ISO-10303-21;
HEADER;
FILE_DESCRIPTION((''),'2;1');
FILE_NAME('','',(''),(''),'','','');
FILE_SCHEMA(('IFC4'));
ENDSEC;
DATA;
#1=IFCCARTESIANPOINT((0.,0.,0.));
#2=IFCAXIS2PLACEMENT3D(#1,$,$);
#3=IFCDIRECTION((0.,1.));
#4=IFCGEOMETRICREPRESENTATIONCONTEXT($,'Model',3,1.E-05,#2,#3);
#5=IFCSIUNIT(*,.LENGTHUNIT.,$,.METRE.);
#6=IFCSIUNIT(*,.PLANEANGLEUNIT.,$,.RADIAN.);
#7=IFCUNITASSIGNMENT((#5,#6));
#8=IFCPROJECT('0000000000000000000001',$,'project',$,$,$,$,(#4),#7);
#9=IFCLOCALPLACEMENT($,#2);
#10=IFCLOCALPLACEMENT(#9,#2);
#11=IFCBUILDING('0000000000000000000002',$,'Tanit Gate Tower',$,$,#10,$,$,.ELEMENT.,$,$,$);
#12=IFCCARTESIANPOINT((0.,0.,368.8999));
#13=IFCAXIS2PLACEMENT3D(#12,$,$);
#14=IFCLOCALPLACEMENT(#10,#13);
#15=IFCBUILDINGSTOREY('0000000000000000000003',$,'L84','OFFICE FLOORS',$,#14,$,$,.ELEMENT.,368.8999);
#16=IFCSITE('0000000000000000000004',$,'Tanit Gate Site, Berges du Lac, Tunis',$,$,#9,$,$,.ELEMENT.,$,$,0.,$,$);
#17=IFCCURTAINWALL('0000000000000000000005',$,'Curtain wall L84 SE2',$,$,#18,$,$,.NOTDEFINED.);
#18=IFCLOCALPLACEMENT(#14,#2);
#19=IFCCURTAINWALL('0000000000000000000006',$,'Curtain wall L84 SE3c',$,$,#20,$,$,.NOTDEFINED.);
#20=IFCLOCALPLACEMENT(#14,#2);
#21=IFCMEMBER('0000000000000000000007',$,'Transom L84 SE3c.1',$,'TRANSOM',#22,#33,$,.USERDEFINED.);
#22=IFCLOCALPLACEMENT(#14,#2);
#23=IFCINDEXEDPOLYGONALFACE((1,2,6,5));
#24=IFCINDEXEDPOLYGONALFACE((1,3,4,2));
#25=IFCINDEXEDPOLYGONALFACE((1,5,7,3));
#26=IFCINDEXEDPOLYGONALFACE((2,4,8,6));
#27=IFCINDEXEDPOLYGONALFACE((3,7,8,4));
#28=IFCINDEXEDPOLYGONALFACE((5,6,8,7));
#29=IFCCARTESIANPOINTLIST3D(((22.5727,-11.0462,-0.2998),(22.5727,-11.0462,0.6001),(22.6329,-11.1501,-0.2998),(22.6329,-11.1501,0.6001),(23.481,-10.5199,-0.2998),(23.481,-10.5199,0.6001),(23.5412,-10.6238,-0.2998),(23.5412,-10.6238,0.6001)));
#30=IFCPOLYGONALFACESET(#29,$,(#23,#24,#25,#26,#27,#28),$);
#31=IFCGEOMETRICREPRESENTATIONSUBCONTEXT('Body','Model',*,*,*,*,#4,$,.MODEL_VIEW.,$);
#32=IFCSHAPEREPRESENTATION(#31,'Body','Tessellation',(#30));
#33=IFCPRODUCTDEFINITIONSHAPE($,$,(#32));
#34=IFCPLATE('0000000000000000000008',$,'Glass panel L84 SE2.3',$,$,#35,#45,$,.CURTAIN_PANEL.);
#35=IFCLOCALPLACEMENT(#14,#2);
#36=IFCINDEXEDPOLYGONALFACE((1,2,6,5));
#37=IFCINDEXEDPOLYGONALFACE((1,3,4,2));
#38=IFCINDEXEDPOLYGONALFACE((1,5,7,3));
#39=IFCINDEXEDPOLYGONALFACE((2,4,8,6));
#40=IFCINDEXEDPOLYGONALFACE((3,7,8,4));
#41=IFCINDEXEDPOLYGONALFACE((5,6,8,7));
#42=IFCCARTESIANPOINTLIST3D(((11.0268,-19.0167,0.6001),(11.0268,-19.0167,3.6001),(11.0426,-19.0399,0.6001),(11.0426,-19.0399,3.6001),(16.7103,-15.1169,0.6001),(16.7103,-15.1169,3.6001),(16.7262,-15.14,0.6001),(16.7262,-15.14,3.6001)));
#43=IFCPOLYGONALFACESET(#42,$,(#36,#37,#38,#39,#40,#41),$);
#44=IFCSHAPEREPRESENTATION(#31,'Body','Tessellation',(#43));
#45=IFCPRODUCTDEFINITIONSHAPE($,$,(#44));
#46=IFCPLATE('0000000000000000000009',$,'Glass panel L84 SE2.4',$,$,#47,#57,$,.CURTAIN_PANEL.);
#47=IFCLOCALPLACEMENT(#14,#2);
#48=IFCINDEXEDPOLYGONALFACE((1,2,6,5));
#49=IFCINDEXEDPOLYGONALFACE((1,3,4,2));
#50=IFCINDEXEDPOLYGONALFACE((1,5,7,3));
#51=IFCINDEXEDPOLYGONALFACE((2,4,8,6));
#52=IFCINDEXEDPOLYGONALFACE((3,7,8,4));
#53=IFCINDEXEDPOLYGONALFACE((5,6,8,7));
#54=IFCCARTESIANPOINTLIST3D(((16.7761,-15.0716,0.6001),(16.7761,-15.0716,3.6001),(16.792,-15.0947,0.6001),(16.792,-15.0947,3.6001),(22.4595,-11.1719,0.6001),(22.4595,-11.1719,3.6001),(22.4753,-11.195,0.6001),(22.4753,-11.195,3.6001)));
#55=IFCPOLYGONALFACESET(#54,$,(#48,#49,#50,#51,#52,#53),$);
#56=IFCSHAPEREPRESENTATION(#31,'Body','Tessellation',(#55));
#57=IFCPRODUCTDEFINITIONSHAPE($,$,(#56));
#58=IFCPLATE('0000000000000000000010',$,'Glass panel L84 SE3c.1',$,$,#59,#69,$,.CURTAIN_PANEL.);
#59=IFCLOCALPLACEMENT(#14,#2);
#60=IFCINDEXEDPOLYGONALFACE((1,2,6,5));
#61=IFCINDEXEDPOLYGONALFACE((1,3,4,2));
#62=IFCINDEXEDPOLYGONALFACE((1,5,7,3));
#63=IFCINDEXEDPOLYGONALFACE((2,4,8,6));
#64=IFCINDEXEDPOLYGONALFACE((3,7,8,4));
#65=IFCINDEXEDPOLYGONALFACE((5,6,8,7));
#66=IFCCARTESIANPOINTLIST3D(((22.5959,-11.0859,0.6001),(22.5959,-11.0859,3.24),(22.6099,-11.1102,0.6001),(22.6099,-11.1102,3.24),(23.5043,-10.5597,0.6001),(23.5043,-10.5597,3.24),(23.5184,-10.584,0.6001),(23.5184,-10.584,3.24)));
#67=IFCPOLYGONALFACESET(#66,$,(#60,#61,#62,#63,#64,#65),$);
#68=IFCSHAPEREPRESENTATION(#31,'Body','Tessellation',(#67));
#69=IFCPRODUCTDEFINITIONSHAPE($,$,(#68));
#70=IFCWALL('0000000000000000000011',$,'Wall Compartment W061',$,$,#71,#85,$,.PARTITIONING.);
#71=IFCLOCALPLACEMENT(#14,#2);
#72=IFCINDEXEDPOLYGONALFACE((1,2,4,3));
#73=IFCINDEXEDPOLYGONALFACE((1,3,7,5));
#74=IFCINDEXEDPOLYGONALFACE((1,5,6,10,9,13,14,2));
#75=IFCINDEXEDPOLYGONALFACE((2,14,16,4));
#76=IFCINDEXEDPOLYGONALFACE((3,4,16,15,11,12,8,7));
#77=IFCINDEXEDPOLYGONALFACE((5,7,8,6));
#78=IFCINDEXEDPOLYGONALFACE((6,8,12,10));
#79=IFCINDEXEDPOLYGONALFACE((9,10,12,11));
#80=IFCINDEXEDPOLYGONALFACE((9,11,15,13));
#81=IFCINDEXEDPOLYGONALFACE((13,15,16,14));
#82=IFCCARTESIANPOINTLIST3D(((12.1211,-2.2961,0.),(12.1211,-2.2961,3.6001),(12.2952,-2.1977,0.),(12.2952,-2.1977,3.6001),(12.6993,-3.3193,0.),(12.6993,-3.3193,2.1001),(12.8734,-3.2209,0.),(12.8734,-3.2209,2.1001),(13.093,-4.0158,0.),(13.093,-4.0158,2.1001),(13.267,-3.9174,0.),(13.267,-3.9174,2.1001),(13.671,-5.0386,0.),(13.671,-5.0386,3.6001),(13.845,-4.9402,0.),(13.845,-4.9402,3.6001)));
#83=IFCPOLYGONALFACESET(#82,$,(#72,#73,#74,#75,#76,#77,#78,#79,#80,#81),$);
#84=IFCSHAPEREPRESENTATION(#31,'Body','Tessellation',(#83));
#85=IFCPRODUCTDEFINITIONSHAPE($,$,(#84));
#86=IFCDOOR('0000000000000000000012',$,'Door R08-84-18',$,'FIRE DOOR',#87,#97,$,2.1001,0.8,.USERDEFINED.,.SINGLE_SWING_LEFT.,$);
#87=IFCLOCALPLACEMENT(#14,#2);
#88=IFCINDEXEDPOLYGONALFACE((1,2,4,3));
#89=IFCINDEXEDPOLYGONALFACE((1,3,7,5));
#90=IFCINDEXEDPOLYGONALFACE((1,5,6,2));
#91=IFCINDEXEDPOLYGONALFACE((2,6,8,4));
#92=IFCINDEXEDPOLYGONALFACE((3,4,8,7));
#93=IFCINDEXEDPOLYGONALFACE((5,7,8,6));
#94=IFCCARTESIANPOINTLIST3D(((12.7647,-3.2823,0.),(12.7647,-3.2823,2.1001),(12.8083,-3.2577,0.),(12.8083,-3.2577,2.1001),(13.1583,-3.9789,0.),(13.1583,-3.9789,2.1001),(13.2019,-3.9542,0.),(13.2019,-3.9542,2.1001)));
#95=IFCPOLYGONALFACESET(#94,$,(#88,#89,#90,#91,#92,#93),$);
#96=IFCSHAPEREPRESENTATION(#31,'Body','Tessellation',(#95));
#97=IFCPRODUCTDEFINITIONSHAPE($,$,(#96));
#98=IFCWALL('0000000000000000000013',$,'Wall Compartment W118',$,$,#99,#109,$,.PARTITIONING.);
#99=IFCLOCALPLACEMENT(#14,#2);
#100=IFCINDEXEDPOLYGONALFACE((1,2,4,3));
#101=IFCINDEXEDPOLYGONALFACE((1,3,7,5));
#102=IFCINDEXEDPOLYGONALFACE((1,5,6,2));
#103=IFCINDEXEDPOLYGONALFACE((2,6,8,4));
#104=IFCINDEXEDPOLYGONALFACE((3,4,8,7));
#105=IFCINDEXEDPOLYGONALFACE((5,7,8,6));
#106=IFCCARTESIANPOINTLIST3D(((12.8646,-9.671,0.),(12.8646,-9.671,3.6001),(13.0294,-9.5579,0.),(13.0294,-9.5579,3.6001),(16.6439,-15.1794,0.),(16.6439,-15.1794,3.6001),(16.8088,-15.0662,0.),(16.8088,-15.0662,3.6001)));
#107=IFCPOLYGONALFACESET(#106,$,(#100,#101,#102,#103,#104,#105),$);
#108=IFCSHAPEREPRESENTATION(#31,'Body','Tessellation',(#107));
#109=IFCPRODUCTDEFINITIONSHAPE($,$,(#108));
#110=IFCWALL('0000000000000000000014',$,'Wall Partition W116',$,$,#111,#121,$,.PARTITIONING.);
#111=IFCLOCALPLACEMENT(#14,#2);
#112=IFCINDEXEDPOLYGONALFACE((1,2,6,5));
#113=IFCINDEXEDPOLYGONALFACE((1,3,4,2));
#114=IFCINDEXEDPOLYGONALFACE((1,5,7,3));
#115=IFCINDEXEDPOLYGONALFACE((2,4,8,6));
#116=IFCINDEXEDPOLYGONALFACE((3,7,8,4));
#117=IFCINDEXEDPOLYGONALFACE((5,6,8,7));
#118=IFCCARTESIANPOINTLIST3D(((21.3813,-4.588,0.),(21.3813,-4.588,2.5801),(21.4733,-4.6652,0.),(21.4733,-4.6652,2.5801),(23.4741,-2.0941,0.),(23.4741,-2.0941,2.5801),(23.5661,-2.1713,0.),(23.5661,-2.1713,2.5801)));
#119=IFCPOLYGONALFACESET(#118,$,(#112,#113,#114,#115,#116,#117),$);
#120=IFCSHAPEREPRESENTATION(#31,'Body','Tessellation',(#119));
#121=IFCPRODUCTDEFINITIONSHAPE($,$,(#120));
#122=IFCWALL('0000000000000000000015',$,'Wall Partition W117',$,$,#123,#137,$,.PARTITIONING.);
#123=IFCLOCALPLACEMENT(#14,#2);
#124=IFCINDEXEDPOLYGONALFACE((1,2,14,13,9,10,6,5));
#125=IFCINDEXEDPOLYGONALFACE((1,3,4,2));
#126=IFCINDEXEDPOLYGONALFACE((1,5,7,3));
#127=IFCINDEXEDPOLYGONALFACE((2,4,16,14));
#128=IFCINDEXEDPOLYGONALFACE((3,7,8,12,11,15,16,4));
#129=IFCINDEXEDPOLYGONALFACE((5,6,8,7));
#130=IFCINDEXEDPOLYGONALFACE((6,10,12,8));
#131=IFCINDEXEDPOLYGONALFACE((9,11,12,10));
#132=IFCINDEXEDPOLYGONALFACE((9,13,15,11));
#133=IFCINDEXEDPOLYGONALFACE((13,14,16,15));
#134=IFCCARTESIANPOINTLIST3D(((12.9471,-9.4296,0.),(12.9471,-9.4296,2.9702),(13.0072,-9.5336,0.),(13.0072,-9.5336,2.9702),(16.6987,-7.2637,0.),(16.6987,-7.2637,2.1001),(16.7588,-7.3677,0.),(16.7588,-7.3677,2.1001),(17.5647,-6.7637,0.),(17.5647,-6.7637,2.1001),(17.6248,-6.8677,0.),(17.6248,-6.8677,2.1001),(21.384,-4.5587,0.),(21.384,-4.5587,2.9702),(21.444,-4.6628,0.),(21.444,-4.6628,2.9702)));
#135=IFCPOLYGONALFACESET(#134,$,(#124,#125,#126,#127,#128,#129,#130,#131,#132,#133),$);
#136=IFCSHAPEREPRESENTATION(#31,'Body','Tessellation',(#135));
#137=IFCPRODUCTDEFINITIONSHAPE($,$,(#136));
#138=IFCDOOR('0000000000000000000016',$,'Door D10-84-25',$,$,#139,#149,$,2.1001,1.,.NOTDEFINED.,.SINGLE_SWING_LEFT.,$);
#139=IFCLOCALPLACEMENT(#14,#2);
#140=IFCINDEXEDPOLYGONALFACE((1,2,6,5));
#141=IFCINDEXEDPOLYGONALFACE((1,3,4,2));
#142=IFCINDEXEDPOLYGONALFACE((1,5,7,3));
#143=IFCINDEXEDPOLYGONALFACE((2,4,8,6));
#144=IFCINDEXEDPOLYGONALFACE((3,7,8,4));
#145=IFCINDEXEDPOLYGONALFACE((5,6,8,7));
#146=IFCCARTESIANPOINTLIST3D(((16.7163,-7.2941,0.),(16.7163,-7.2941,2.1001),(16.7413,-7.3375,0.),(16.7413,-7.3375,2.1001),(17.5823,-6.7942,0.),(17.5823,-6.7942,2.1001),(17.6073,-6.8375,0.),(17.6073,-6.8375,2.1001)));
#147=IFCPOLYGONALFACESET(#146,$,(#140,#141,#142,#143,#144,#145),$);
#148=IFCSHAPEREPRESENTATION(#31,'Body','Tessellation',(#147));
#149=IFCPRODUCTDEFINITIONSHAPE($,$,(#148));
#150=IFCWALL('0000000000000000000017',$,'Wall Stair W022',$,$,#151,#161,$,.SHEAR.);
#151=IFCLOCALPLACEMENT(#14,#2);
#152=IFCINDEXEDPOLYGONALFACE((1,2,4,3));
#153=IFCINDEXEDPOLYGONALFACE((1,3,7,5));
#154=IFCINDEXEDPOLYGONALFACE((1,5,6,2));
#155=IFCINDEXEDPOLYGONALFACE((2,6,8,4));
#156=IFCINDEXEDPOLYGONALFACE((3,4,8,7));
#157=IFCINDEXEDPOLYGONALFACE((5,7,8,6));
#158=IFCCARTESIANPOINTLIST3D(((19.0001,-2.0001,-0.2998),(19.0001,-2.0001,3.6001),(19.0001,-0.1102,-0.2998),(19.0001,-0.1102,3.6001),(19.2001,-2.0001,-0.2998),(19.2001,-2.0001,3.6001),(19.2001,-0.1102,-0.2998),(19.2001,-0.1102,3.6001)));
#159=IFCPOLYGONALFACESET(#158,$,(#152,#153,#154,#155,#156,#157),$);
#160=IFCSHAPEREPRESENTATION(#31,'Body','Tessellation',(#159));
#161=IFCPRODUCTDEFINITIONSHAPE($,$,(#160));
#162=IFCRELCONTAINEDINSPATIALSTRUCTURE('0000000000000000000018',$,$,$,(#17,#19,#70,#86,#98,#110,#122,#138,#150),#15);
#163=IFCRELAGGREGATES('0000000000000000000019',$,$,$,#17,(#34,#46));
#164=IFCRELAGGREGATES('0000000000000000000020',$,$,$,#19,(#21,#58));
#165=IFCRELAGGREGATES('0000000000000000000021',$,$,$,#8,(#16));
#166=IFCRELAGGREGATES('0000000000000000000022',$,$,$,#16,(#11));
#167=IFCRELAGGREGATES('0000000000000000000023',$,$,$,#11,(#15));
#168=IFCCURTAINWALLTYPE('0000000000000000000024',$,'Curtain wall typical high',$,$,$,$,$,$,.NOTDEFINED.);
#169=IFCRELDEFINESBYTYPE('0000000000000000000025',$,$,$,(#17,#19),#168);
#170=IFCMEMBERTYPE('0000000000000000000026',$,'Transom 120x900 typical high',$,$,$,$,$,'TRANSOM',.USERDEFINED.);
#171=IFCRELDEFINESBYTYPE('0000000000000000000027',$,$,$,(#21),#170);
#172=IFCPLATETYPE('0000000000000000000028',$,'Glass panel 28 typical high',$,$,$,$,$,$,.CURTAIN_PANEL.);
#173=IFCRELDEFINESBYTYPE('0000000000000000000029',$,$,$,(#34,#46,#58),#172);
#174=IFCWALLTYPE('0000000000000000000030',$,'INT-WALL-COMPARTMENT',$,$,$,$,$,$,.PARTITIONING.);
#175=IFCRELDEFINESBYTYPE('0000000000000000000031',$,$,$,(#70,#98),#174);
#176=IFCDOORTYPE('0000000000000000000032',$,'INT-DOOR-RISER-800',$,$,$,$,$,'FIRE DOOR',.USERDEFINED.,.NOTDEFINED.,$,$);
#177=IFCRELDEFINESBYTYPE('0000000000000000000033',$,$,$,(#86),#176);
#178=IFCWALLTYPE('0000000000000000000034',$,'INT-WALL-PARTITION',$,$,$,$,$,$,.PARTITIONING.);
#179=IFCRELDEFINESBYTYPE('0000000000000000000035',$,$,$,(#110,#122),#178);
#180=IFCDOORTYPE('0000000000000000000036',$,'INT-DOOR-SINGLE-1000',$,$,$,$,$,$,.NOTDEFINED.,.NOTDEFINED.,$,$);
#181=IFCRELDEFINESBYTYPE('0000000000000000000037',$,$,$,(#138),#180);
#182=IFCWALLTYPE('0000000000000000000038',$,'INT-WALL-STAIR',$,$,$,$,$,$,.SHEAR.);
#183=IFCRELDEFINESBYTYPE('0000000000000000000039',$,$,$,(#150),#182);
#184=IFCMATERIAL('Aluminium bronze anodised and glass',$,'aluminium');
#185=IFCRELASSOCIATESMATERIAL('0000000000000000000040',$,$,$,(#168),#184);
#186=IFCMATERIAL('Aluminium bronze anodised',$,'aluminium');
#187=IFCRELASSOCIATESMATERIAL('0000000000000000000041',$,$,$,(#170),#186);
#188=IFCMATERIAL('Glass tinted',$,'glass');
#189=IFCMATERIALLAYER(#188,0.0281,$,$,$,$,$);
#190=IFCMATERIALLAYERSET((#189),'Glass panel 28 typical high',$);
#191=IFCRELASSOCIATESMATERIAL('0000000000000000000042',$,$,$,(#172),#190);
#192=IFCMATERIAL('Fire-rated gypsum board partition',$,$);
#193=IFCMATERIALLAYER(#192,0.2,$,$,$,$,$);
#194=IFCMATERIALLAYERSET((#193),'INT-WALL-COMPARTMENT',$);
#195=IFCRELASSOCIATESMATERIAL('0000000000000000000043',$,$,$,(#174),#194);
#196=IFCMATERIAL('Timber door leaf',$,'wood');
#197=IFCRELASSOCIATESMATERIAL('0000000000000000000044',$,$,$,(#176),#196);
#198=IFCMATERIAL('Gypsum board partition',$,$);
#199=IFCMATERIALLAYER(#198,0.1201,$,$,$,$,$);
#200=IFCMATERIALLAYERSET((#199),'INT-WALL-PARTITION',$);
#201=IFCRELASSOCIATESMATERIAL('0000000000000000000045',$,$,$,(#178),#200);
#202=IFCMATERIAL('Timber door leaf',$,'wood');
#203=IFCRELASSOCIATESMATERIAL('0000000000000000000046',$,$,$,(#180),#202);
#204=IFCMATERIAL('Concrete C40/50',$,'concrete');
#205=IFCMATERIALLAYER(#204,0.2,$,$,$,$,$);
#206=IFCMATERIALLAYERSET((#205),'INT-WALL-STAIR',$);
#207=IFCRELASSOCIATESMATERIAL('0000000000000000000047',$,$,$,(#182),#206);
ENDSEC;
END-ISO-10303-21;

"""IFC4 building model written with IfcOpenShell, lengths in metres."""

from ifc_helpers import new_model, si_unit, direction, frame, frame_2d, origin, origin_2d, place, context, subcontext, project, spatial, rectangle, extrude, material, layer, layer_set, material_profile, profile_set, type_object, element, fill, aggregate, save


model = new_model("IFC4")

# Units and contexts
model_context = context("Model", 3, precision=1e-05, world=origin(), true_north=direction((0.0, 1.0)))
body_context = subcontext(model_context, "Body", "Model", "MODEL_VIEW")
ifc_project = project(units=[si_unit("LENGTHUNIT", "METRE"), si_unit("PLANEANGLEUNIT", "RADIAN")], contexts=[model_context])

# Site, building, storey
site_placement = place(None, origin())
site = spatial("IfcSite", under=ifc_project, at=site_placement, Name="Tanit Gate Site, Berges du Lac, Tunis", CompositionType="ELEMENT", RefElevation=0.0)
building_placement = place(site_placement, origin())
building = spatial("IfcBuilding", under=site, at=building_placement, Name="Tanit Gate Tower", CompositionType="ELEMENT")
storey_placement = place(building_placement, frame((0.0, 0.0, 368.8999)))
storey = spatial("IfcBuildingStorey", under=building, at=storey_placement, Name="L84", Description="OFFICE FLOORS", CompositionType="ELEMENT", Elevation=368.8999)

# Curtain wall
ifc_material_1 = material(Name="Aluminium bronze anodised and glass", Category="aluminium")
curtain_wall_type = type_object("IfcCurtainWallType", Name="Curtain wall typical high", PredefinedType="NOTDEFINED", material=ifc_material_1)
curtain_wall_1_placement = place(storey_placement, origin())
curtain_wall_1 = element("IfcCurtainWall", 1, at=curtain_wall_1_placement, inside=storey, type_object=curtain_wall_type, Name="Curtain wall L84 SE2", PredefinedType="NOTDEFINED")

# Shared definitions
ifc_material_2 = material(Name="Aluminium bronze anodised", Category="aluminium")
ifc_material_profile_1 = material_profile(ifc_material_2, rectangle(XDim=0.1201, YDim=0.8999, at=origin_2d()), Name="120x900 bronze transom")
ifc_profile_set_1 = profile_set([ifc_material_profile_1], Name="Aluminium bronze anodised")
member_type_1 = type_object("IfcMemberType", Name="Transom 120x900 typical high", ElementType="TRANSOM", PredefinedType="USERDEFINED", material=ifc_profile_set_1)

# Curtain wall, member
curtain_wall_2_placement = place(storey_placement, origin())
curtain_wall_2 = element("IfcCurtainWall", 2, at=curtain_wall_2_placement, inside=storey, type_object=curtain_wall_type, Name="Curtain wall L84 SE3c", PredefinedType="NOTDEFINED")
member_1_placement = place(storey_placement, frame((22.6028, -11.0981, 0.1501), z_axis=(0.865251, 0.501339, 0.0), x_axis=(-0.501339, 0.865251, 0.0)))
member_1 = element("IfcMember", 3, at=member_1_placement, type_object=member_type_1, Name="Transom L84 SE3c.1", ObjectType="TRANSOM", PredefinedType="USERDEFINED", context=body_context, shape_type="SweptSolid", body=[
    extrude(rectangle(XDim=0.1201, YDim=0.8999, at=origin_2d()), origin(), (0.0, 0.0, 1.0), 1.0498),
])

# Plates
ifc_material_3 = material(Name="Glass tinted", Category="glass")
ifc_layer_1 = layer(ifc_material_3, 0.0281)
ifc_layer_set_1 = layer_set([ifc_layer_1], Name="Glass panel 28 typical high")
plate_type = type_object("IfcPlateType", Name="Glass panel 28 typical high", PredefinedType="CURTAIN_PANEL", material=ifc_layer_set_1)
plate_1_placement = place(storey_placement, frame((13.8765, -17.0784, 0.6001), z_axis=(0.0, 0.0, 1.0), x_axis=(0.824557, 0.56578, 0.0)))
plate_1 = element("IfcPlate", 4, at=plate_1_placement, type_object=plate_type, Name="Glass panel L84 SE2.3", PredefinedType="CURTAIN_PANEL", context=body_context, shape_type="SweptSolid", body=[
    extrude(rectangle(XDim=6.8928, YDim=0.0281, at=origin_2d()), origin(), (0.0, 0.0, 1.0), 3.0),
])
plate_2_placement = place(storey_placement, frame((19.6257, -13.1333, 0.6001), z_axis=(0.0, 0.0, 1.0), x_axis=(0.824557, 0.56578, 0.0)))
plate_2 = element("IfcPlate", 5, at=plate_2_placement, type_object=plate_type, Name="Glass panel L84 SE2.4", PredefinedType="CURTAIN_PANEL", context=body_context, shape_type="SweptSolid", body=[
    extrude(rectangle(XDim=6.8926, YDim=0.0281, at=origin_2d()), origin(), (0.0, 0.0, 1.0), 3.0),
])
aggregate(curtain_wall_1, [plate_1, plate_2])
plate_3_placement = place(storey_placement, frame((23.0571, -10.835, 0.6001), z_axis=(0.0, 0.0, 1.0), x_axis=(0.865339, 0.501188, 0.0)))
plate_3 = element("IfcPlate", 6, at=plate_3_placement, type_object=plate_type, Name="Glass panel L84 SE3c.1", PredefinedType="CURTAIN_PANEL", context=body_context, shape_type="SweptSolid", body=[
    extrude(rectangle(XDim=1.0498, YDim=0.0281, at=origin_2d()), origin(), (0.0, 0.0, 1.0), 2.6399),
])
aggregate(curtain_wall_2, [member_1, plate_3])

# Wall, opening, door
ifc_material_4 = material(Name="Fire-rated gypsum board partition")
ifc_layer_2 = layer(ifc_material_4, 0.2)
ifc_layer_set_2 = layer_set([ifc_layer_2], Name="INT-WALL-COMPARTMENT")
wall_type_1 = type_object("IfcWallType", Name="INT-WALL-COMPARTMENT", PredefinedType="PARTITIONING", material=ifc_layer_set_2)
wall_1_placement = place(storey_placement, frame((13.7581, -4.9895, 0.0), z_axis=(0.0, 0.0, 1.0), x_axis=(-0.491993, 0.870599, 0.0)))
wall_1 = element("IfcWall", 7, at=wall_1_placement, inside=storey, type_object=wall_type_1, Name="Wall Compartment W061", PredefinedType="PARTITIONING", context=body_context, shape_type="SweptSolid", body=[
    extrude(rectangle(XDim=3.1501, YDim=0.2, at=frame_2d((1.5752, 0.0))), origin(), (0.0, 0.0, 1.0), 3.6001),
])
opening_1_placement = place(wall_1_placement, frame((1.175, 0.0, 0.0)))
opening_1 = element("IfcOpeningElement", 8, at=opening_1_placement, cuts=wall_1, PredefinedType="OPENING", context=body_context, shape_type="SweptSolid", body=[
    extrude(rectangle(XDim=0.8, YDim=2.1001, at=frame_2d((0.3999, 1.05))), frame((0.0, 0.1099, 0.0), z_axis=(0.0, -1.0, 0.0), x_axis=(1.0, 0.0, 0.0)), (0.0, 0.0, 1.0), 0.22),
])
ifc_material_5 = material(Name="Timber door leaf", Category="wood")
door_type_1 = type_object("IfcDoorType", Name="INT-DOOR-RISER-800", ElementType="FIRE DOOR", OperationType="NOTDEFINED", PredefinedType="USERDEFINED", material=ifc_material_5)
door_1_placement = place(opening_1_placement, origin())
door_1 = element("IfcDoor", 9, at=door_1_placement, inside=storey, type_object=door_type_1, Name="Door R08-84-18", ObjectType="FIRE DOOR", OperationType="SINGLE_SWING_LEFT", OverallHeight=2.1001, OverallWidth=0.8, PredefinedType="USERDEFINED", context=body_context, shape_type="SweptSolid", body=[
    extrude(rectangle(XDim=0.8, YDim=2.1001, at=frame_2d((0.3999, 1.05))), frame((0.0, 0.0249, 0.0), z_axis=(0.0, -1.0, 0.0), x_axis=(1.0, 0.0, 0.0)), (0.0, 0.0, 1.0), 0.05),
])
fill(opening_1, door_1)

# Walls
wall_2_placement = place(storey_placement, frame((16.7263, -15.1228, 0.0), z_axis=(0.0, 0.0, 1.0), x_axis=(-0.56575, 0.824577, 0.0)))
element("IfcWall", 10, at=wall_2_placement, inside=storey, type_object=wall_type_1, Name="Wall Compartment W118", PredefinedType="PARTITIONING", context=body_context, shape_type="SweptSolid", body=[
    extrude(rectangle(XDim=6.6802, YDim=0.2, at=frame_2d((3.3401, 0.0))), origin(), (0.0, 0.0, 1.0), 3.6001),
])
ifc_material_6 = material(Name="Gypsum board partition")
ifc_layer_3 = layer(ifc_material_6, 0.1201)
ifc_layer_set_3 = layer_set([ifc_layer_3], Name="INT-WALL-PARTITION")
wall_type_2 = type_object("IfcWallType", Name="INT-WALL-PARTITION", PredefinedType="PARTITIONING", material=ifc_layer_set_3)
wall_3_placement = place(storey_placement, frame((21.4272, -4.6267, 0.0), z_axis=(0.0, 0.0, 1.0), x_axis=(0.642814, 0.766022, 0.0)))
element("IfcWall", 11, at=wall_3_placement, inside=storey, type_object=wall_type_2, Name="Wall Partition W116", PredefinedType="PARTITIONING", context=body_context, shape_type="SweptSolid", body=[
    extrude(rectangle(XDim=3.2556, YDim=0.1201, at=frame_2d((1.6279, 0.0))), origin(), (0.0, 0.0, 1.0), 2.5801),
])

# Wall, opening, door
wall_4_placement = place(storey_placement, frame((12.9771, -9.4817, 0.0), z_axis=(0.0, 0.0, 1.0), x_axis=(0.866031, 0.499991, 0.0)))
wall_4 = element("IfcWall", 12, at=wall_4_placement, inside=storey, type_object=wall_type_2, Name="Wall Partition W117", PredefinedType="PARTITIONING", context=body_context, shape_type="SweptSolid", body=[
    extrude(rectangle(XDim=9.7419, YDim=0.1201, at=frame_2d((4.8711, 0.0))), origin(), (0.0, 0.0, 1.0), 2.9702),
])
opening_2_placement = place(wall_4_placement, frame((4.332, 0.0, 0.0)))
opening_2 = element("IfcOpeningElement", 13, at=opening_2_placement, cuts=wall_4, PredefinedType="OPENING", context=body_context, shape_type="SweptSolid", body=[
    extrude(rectangle(XDim=1.0, YDim=2.1001, at=frame_2d((0.5, 1.05))), frame((0.0, 0.0701, 0.0), z_axis=(0.0, -1.0, 0.0), x_axis=(1.0, 0.0, 0.0)), (0.0, 0.0, 1.0), 0.1401),
])
ifc_material_7 = material(Name="Timber door leaf", Category="wood")
door_type_2 = type_object("IfcDoorType", Name="INT-DOOR-SINGLE-1000", OperationType="NOTDEFINED", PredefinedType="NOTDEFINED", material=ifc_material_7)
door_2_placement = place(opening_2_placement, origin())
door_2 = element("IfcDoor", 14, at=door_2_placement, inside=storey, type_object=door_type_2, Name="Door D10-84-25", OperationType="SINGLE_SWING_LEFT", OverallHeight=2.1001, OverallWidth=1.0, PredefinedType="NOTDEFINED", context=body_context, shape_type="SweptSolid", body=[
    extrude(rectangle(XDim=1.0, YDim=2.1001, at=frame_2d((0.5, 1.05))), frame((0.0, 0.0249, 0.0), z_axis=(0.0, -1.0, 0.0), x_axis=(1.0, 0.0, 0.0)), (0.0, 0.0, 1.0), 0.05),
])
fill(opening_2, door_2)

# Wall
ifc_material_8 = material(Name="Concrete C40/50", Category="concrete")
ifc_layer_4 = layer(ifc_material_8, 0.2)
ifc_layer_set_4 = layer_set([ifc_layer_4], Name="INT-WALL-STAIR")
wall_type_3 = type_object("IfcWallType", Name="INT-WALL-STAIR", PredefinedType="SHEAR", material=ifc_layer_set_4)
wall_5_placement = place(storey_placement, frame((19.1001, -2.0, -0.2998), z_axis=(0.0, 0.0, 1.0), x_axis=(0.0, 1.0, 0.0)))
element("IfcWall", 15, at=wall_5_placement, inside=storey, type_object=wall_type_3, Name="Wall Stair W022", PredefinedType="SHEAR", context=body_context, shape_type="SweptSolid", body=[
    extrude(rectangle(XDim=1.8899, YDim=0.2, at=frame_2d((0.9448, 0.0))), origin(), (0.0, 0.0, 1.0), 3.8999),
])

save(model, "model.ifc")
